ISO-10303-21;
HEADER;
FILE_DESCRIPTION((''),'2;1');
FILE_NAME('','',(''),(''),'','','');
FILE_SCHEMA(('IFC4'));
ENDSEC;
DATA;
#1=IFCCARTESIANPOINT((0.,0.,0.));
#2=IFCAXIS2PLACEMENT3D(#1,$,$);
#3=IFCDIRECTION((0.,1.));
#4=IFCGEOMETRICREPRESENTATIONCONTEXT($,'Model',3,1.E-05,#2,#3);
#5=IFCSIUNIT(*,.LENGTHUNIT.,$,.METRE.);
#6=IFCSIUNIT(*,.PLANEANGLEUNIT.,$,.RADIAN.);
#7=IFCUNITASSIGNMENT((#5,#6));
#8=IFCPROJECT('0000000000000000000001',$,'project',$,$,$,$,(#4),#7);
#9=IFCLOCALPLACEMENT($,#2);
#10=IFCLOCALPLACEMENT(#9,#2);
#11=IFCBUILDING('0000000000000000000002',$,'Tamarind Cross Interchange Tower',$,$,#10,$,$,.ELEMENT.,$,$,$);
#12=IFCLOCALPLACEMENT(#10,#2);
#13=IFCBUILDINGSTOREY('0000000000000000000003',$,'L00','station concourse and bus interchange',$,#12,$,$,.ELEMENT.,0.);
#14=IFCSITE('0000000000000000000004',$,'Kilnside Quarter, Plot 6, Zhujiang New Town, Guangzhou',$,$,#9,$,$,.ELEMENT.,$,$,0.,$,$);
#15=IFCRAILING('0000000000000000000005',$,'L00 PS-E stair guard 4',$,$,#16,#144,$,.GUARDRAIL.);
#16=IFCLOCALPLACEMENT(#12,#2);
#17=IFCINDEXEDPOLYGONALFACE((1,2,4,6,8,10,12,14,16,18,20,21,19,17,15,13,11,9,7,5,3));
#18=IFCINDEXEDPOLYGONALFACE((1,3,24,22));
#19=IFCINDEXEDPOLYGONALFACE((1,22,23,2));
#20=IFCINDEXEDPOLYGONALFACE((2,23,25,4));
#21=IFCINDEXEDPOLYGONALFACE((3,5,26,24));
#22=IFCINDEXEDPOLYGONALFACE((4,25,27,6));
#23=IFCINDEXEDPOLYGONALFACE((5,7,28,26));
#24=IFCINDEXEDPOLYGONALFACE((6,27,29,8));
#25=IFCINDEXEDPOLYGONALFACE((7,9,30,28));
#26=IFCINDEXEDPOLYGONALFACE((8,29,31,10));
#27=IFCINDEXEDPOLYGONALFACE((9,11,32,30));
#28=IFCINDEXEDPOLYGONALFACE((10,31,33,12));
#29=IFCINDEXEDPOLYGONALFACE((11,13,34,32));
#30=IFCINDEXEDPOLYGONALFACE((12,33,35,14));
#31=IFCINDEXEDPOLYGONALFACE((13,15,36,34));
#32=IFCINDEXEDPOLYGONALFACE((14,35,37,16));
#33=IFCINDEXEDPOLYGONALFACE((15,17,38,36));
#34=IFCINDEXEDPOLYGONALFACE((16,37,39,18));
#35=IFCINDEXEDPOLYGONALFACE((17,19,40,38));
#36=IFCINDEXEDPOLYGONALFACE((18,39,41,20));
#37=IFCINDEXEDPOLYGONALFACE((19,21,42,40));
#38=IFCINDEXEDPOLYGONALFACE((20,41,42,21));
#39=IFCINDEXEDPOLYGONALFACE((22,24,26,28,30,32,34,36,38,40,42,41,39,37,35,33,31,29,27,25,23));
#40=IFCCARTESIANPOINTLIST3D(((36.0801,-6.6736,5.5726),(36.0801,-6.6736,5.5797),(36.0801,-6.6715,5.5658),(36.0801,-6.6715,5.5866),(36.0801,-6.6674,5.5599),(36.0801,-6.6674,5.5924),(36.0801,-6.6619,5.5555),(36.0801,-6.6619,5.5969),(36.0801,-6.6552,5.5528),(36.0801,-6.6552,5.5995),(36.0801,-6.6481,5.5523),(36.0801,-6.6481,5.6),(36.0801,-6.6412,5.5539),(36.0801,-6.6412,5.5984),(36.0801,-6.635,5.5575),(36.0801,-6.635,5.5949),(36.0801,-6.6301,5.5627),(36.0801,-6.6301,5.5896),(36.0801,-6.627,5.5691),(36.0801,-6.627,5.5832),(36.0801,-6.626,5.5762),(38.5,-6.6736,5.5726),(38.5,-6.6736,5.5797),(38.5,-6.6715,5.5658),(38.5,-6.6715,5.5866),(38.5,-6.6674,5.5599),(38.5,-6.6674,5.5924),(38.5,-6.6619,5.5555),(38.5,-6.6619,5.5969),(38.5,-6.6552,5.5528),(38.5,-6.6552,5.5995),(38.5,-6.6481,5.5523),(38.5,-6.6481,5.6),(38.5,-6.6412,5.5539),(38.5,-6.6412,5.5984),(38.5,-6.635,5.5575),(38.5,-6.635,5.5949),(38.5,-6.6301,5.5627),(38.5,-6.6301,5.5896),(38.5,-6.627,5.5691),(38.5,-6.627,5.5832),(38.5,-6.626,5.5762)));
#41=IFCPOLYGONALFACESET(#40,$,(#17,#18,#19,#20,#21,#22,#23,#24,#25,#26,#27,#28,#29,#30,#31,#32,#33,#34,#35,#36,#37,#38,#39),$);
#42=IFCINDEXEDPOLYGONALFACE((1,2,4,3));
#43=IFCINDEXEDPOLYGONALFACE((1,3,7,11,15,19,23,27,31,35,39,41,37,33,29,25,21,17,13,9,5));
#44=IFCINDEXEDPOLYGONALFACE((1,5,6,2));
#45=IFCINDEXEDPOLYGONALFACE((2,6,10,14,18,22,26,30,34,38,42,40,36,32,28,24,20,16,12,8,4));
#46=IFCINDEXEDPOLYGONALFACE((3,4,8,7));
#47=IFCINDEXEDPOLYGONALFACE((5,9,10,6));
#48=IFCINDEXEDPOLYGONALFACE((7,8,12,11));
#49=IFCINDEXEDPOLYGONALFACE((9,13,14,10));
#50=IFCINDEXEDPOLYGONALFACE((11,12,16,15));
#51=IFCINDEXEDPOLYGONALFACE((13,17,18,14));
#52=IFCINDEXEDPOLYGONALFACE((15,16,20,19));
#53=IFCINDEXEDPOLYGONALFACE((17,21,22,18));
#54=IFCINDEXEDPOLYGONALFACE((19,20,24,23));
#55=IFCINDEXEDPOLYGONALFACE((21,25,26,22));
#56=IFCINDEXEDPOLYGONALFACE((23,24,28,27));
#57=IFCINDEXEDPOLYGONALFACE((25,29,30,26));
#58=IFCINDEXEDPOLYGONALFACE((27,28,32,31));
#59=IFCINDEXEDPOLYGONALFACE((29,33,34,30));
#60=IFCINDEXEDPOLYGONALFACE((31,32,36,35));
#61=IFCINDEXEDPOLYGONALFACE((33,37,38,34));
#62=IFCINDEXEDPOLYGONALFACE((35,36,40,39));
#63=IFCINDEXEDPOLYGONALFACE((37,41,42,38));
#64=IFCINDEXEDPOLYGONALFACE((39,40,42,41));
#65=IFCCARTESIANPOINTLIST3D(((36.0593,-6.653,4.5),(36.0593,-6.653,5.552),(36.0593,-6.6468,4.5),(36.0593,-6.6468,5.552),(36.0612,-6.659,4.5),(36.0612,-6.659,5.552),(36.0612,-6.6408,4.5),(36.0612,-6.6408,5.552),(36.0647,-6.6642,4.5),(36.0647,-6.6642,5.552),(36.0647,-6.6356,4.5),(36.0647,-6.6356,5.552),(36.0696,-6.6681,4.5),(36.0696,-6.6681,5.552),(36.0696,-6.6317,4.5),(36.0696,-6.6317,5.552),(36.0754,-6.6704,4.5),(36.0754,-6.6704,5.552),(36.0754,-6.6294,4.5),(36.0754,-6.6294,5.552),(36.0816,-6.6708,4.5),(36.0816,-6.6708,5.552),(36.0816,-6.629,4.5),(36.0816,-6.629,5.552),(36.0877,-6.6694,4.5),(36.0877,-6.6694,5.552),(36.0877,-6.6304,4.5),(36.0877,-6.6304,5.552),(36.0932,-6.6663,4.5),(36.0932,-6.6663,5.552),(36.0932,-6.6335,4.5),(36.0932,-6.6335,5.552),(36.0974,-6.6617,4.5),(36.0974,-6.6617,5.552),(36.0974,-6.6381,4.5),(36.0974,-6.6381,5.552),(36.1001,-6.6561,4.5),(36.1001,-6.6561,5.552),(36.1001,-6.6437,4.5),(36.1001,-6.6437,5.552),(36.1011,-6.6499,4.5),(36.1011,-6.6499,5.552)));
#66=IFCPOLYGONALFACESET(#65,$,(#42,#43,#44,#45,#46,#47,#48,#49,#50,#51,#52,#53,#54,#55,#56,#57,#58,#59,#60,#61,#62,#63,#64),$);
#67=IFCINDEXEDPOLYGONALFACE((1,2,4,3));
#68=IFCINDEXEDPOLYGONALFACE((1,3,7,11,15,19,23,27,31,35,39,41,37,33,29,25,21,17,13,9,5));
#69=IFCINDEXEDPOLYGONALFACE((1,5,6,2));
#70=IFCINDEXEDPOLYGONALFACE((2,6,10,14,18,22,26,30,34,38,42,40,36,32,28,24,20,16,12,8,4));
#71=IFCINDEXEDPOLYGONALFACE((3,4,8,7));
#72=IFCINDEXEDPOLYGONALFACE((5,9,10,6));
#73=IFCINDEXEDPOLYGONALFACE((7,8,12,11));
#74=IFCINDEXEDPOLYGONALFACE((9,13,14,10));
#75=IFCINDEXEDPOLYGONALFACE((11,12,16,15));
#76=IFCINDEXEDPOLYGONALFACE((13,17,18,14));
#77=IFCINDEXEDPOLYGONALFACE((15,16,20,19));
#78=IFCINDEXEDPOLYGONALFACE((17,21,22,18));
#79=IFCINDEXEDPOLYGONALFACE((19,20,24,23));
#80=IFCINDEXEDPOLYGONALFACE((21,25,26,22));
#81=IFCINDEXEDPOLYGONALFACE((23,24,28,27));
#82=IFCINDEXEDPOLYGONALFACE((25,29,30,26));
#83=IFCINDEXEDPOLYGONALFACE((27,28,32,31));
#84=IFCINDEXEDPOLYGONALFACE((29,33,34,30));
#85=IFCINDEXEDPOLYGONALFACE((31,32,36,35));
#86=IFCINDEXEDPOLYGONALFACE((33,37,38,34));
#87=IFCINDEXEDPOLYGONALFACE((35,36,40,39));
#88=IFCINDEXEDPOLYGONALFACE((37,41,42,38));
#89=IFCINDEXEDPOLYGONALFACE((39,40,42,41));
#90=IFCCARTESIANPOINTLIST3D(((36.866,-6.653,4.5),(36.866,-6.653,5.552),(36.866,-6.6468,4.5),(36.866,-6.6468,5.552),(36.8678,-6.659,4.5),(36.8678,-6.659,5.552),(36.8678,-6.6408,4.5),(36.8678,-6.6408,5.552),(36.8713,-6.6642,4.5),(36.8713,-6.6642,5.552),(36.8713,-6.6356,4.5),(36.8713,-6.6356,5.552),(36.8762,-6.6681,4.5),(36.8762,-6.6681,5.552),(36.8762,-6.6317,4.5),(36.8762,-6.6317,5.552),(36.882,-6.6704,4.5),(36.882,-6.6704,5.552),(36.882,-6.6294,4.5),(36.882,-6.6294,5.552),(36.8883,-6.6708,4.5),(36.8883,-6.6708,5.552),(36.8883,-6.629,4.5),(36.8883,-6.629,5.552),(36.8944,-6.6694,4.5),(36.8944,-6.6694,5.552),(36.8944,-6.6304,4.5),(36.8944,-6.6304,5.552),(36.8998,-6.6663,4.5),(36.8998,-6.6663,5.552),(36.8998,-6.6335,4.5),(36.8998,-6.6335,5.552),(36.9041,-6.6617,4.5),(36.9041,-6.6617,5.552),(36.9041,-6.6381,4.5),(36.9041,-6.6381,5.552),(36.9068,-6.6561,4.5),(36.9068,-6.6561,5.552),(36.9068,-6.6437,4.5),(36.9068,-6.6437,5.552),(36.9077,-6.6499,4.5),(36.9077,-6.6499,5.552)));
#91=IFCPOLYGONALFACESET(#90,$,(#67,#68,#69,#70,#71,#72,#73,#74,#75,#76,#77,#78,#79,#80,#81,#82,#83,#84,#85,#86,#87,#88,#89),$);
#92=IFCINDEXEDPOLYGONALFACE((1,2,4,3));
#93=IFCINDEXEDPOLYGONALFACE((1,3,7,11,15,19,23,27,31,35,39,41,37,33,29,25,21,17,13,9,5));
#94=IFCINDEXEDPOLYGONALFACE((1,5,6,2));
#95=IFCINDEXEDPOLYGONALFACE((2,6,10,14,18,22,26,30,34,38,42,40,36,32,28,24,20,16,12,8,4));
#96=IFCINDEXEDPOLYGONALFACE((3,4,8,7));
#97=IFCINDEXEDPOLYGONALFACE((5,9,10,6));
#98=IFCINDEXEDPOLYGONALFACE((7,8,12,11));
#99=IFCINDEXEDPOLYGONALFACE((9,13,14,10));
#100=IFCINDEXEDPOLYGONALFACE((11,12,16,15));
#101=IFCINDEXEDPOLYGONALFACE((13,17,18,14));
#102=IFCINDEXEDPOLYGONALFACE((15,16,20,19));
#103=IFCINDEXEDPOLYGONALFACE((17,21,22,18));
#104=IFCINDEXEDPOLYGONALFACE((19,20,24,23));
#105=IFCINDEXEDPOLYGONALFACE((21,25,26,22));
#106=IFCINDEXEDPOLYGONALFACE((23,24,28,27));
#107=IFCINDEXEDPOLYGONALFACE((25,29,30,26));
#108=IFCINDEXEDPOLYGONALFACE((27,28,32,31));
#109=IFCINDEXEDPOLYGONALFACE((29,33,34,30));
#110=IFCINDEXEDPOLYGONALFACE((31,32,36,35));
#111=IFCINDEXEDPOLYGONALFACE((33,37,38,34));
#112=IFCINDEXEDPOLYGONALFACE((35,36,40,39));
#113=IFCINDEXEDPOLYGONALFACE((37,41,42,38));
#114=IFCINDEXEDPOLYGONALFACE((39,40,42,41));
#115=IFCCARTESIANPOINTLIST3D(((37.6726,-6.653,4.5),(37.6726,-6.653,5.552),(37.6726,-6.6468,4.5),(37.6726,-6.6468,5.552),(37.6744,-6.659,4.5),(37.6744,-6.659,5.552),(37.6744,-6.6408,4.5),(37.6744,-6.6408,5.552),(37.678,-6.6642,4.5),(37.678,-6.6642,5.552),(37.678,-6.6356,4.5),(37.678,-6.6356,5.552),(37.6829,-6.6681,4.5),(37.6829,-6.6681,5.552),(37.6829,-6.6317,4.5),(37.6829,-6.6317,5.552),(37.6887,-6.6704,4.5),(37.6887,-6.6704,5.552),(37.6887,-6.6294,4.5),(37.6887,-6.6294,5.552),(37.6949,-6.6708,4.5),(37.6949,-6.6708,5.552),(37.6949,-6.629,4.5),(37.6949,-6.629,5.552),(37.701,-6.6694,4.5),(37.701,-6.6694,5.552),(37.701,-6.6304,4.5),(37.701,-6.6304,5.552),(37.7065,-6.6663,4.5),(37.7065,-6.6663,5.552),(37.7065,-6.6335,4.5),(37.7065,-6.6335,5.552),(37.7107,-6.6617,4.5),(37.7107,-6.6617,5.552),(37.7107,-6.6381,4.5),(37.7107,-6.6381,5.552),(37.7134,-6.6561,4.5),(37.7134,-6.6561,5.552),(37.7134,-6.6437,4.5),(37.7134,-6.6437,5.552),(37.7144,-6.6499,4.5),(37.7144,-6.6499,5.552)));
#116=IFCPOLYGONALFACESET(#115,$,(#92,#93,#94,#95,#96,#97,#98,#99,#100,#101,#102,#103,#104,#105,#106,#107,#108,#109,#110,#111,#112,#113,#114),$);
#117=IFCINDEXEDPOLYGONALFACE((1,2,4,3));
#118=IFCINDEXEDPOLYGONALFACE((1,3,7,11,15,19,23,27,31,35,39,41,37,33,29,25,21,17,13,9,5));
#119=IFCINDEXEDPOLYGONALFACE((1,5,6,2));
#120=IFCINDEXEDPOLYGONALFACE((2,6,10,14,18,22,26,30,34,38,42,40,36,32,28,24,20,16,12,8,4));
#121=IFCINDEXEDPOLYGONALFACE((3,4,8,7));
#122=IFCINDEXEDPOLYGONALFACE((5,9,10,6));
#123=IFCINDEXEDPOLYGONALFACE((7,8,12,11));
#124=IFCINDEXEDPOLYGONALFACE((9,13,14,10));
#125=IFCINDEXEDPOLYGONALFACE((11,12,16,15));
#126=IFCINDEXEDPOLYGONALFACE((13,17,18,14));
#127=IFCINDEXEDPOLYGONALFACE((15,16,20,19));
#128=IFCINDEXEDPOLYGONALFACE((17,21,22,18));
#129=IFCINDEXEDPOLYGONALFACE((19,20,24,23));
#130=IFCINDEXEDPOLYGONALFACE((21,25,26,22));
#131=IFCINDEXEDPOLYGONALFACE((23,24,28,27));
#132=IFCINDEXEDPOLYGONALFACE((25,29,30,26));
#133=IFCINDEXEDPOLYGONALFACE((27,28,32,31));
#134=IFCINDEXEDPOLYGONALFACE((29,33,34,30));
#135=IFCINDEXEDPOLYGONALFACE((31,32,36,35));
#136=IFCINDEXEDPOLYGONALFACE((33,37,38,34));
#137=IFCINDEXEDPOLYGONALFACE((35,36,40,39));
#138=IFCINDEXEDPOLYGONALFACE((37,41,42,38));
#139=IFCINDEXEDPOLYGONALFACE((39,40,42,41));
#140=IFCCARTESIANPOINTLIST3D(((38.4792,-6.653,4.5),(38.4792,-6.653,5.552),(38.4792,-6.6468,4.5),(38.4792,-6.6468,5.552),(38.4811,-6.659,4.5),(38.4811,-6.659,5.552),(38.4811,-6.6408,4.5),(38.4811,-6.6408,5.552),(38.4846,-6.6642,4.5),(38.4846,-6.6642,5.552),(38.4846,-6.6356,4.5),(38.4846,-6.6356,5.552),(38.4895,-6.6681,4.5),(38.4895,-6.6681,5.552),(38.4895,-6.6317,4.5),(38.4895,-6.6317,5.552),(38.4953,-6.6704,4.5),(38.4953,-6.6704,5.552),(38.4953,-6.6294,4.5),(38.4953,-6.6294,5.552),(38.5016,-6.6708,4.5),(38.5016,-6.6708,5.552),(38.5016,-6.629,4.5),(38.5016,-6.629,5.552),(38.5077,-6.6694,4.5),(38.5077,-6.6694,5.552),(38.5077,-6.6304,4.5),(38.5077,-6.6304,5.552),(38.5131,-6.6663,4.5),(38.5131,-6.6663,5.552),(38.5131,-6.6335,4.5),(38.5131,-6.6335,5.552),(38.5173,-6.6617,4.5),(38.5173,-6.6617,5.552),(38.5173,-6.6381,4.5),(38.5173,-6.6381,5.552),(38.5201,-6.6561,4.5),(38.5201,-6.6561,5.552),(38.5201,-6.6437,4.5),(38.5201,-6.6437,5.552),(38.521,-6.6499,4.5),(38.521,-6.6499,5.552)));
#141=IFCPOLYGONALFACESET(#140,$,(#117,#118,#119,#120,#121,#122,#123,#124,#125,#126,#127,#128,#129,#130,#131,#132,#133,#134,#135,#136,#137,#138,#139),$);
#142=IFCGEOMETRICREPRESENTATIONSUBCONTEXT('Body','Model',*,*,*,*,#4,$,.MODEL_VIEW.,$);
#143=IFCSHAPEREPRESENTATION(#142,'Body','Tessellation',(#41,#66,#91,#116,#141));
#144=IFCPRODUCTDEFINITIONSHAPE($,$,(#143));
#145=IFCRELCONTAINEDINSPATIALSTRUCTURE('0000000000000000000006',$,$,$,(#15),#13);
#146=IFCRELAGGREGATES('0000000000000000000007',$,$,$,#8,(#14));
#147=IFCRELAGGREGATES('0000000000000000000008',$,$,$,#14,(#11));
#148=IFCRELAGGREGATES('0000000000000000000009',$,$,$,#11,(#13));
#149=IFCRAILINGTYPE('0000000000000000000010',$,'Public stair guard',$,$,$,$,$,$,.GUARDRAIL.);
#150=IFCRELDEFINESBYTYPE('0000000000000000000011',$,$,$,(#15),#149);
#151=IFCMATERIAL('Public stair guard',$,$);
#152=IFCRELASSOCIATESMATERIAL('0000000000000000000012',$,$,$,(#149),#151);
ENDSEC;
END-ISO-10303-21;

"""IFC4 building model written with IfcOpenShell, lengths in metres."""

from ifc_helpers import new_model, si_unit, direction, frame, origin, origin_2d, place, context, subcontext, project, spatial, circle, extrude, material, type_object, element, save


model = new_model("IFC4")

# Units and contexts
model_context = context("Model", 3, precision=1e-05, world=origin(), true_north=direction((0.0, 1.0)))
body_context = subcontext(model_context, "Body", "Model", "MODEL_VIEW")
ifc_project = project(units=[si_unit("LENGTHUNIT", "METRE"), si_unit("PLANEANGLEUNIT", "RADIAN")], contexts=[model_context])

# Site, building, storey
site_placement = place(None, origin())
site = spatial("IfcSite", under=ifc_project, at=site_placement, Name="Kilnside Quarter, Plot 6, Zhujiang New Town, Guangzhou", CompositionType="ELEMENT", RefElevation=0.0)
building_placement = place(site_placement, origin())
building = spatial("IfcBuilding", under=site, at=building_placement, Name="Tamarind Cross Interchange Tower", CompositionType="ELEMENT")
storey_placement = place(building_placement, origin())
storey = spatial("IfcBuildingStorey", under=building, at=storey_placement, Name="L00", Description="station concourse and bus interchange", CompositionType="ELEMENT", Elevation=0.0)

# Railing
ifc_material_1 = material(Name="Public stair guard")
railing_type_1 = type_object("IfcRailingType", Name="Public stair guard", PredefinedType="GUARDRAIL", material=ifc_material_1)
for number, where, name in (
    (1, (36.0801, -6.6499, 4.5), "L00 PS-E stair guard 4"),
):
    element("IfcRailing", number, at=place(storey_placement, frame(where)), inside=storey, type_object=railing_type_1, Name=name, PredefinedType="GUARDRAIL", context=body_context, shape_type="SweptSolid", body=[
        extrude(circle(Radius=0.0239, at=origin_2d()), frame((0.0, 0.0, 1.0762), z_axis=(1.0, 0.0, 0.0), x_axis=(0.0, 1.0, 0.0)), (0.0, 0.0, 1.0), 2.4199),
        extrude(circle(Radius=0.021, at=origin_2d()), origin(), (0.0, 0.0, 1.0), 1.052),
        extrude(circle(Radius=0.021, at=origin_2d()), frame((0.8066, 0.0, 0.0)), (0.0, 0.0, 1.0), 1.052),
        extrude(circle(Radius=0.021, at=origin_2d()), frame((1.6133, 0.0, 0.0)), (0.0, 0.0, 1.0), 1.052),
        extrude(circle(Radius=0.021, at=origin_2d()), frame((2.4199, 0.0, 0.0)), (0.0, 0.0, 1.0), 1.052),
    ])

save(model, "model.ifc")
